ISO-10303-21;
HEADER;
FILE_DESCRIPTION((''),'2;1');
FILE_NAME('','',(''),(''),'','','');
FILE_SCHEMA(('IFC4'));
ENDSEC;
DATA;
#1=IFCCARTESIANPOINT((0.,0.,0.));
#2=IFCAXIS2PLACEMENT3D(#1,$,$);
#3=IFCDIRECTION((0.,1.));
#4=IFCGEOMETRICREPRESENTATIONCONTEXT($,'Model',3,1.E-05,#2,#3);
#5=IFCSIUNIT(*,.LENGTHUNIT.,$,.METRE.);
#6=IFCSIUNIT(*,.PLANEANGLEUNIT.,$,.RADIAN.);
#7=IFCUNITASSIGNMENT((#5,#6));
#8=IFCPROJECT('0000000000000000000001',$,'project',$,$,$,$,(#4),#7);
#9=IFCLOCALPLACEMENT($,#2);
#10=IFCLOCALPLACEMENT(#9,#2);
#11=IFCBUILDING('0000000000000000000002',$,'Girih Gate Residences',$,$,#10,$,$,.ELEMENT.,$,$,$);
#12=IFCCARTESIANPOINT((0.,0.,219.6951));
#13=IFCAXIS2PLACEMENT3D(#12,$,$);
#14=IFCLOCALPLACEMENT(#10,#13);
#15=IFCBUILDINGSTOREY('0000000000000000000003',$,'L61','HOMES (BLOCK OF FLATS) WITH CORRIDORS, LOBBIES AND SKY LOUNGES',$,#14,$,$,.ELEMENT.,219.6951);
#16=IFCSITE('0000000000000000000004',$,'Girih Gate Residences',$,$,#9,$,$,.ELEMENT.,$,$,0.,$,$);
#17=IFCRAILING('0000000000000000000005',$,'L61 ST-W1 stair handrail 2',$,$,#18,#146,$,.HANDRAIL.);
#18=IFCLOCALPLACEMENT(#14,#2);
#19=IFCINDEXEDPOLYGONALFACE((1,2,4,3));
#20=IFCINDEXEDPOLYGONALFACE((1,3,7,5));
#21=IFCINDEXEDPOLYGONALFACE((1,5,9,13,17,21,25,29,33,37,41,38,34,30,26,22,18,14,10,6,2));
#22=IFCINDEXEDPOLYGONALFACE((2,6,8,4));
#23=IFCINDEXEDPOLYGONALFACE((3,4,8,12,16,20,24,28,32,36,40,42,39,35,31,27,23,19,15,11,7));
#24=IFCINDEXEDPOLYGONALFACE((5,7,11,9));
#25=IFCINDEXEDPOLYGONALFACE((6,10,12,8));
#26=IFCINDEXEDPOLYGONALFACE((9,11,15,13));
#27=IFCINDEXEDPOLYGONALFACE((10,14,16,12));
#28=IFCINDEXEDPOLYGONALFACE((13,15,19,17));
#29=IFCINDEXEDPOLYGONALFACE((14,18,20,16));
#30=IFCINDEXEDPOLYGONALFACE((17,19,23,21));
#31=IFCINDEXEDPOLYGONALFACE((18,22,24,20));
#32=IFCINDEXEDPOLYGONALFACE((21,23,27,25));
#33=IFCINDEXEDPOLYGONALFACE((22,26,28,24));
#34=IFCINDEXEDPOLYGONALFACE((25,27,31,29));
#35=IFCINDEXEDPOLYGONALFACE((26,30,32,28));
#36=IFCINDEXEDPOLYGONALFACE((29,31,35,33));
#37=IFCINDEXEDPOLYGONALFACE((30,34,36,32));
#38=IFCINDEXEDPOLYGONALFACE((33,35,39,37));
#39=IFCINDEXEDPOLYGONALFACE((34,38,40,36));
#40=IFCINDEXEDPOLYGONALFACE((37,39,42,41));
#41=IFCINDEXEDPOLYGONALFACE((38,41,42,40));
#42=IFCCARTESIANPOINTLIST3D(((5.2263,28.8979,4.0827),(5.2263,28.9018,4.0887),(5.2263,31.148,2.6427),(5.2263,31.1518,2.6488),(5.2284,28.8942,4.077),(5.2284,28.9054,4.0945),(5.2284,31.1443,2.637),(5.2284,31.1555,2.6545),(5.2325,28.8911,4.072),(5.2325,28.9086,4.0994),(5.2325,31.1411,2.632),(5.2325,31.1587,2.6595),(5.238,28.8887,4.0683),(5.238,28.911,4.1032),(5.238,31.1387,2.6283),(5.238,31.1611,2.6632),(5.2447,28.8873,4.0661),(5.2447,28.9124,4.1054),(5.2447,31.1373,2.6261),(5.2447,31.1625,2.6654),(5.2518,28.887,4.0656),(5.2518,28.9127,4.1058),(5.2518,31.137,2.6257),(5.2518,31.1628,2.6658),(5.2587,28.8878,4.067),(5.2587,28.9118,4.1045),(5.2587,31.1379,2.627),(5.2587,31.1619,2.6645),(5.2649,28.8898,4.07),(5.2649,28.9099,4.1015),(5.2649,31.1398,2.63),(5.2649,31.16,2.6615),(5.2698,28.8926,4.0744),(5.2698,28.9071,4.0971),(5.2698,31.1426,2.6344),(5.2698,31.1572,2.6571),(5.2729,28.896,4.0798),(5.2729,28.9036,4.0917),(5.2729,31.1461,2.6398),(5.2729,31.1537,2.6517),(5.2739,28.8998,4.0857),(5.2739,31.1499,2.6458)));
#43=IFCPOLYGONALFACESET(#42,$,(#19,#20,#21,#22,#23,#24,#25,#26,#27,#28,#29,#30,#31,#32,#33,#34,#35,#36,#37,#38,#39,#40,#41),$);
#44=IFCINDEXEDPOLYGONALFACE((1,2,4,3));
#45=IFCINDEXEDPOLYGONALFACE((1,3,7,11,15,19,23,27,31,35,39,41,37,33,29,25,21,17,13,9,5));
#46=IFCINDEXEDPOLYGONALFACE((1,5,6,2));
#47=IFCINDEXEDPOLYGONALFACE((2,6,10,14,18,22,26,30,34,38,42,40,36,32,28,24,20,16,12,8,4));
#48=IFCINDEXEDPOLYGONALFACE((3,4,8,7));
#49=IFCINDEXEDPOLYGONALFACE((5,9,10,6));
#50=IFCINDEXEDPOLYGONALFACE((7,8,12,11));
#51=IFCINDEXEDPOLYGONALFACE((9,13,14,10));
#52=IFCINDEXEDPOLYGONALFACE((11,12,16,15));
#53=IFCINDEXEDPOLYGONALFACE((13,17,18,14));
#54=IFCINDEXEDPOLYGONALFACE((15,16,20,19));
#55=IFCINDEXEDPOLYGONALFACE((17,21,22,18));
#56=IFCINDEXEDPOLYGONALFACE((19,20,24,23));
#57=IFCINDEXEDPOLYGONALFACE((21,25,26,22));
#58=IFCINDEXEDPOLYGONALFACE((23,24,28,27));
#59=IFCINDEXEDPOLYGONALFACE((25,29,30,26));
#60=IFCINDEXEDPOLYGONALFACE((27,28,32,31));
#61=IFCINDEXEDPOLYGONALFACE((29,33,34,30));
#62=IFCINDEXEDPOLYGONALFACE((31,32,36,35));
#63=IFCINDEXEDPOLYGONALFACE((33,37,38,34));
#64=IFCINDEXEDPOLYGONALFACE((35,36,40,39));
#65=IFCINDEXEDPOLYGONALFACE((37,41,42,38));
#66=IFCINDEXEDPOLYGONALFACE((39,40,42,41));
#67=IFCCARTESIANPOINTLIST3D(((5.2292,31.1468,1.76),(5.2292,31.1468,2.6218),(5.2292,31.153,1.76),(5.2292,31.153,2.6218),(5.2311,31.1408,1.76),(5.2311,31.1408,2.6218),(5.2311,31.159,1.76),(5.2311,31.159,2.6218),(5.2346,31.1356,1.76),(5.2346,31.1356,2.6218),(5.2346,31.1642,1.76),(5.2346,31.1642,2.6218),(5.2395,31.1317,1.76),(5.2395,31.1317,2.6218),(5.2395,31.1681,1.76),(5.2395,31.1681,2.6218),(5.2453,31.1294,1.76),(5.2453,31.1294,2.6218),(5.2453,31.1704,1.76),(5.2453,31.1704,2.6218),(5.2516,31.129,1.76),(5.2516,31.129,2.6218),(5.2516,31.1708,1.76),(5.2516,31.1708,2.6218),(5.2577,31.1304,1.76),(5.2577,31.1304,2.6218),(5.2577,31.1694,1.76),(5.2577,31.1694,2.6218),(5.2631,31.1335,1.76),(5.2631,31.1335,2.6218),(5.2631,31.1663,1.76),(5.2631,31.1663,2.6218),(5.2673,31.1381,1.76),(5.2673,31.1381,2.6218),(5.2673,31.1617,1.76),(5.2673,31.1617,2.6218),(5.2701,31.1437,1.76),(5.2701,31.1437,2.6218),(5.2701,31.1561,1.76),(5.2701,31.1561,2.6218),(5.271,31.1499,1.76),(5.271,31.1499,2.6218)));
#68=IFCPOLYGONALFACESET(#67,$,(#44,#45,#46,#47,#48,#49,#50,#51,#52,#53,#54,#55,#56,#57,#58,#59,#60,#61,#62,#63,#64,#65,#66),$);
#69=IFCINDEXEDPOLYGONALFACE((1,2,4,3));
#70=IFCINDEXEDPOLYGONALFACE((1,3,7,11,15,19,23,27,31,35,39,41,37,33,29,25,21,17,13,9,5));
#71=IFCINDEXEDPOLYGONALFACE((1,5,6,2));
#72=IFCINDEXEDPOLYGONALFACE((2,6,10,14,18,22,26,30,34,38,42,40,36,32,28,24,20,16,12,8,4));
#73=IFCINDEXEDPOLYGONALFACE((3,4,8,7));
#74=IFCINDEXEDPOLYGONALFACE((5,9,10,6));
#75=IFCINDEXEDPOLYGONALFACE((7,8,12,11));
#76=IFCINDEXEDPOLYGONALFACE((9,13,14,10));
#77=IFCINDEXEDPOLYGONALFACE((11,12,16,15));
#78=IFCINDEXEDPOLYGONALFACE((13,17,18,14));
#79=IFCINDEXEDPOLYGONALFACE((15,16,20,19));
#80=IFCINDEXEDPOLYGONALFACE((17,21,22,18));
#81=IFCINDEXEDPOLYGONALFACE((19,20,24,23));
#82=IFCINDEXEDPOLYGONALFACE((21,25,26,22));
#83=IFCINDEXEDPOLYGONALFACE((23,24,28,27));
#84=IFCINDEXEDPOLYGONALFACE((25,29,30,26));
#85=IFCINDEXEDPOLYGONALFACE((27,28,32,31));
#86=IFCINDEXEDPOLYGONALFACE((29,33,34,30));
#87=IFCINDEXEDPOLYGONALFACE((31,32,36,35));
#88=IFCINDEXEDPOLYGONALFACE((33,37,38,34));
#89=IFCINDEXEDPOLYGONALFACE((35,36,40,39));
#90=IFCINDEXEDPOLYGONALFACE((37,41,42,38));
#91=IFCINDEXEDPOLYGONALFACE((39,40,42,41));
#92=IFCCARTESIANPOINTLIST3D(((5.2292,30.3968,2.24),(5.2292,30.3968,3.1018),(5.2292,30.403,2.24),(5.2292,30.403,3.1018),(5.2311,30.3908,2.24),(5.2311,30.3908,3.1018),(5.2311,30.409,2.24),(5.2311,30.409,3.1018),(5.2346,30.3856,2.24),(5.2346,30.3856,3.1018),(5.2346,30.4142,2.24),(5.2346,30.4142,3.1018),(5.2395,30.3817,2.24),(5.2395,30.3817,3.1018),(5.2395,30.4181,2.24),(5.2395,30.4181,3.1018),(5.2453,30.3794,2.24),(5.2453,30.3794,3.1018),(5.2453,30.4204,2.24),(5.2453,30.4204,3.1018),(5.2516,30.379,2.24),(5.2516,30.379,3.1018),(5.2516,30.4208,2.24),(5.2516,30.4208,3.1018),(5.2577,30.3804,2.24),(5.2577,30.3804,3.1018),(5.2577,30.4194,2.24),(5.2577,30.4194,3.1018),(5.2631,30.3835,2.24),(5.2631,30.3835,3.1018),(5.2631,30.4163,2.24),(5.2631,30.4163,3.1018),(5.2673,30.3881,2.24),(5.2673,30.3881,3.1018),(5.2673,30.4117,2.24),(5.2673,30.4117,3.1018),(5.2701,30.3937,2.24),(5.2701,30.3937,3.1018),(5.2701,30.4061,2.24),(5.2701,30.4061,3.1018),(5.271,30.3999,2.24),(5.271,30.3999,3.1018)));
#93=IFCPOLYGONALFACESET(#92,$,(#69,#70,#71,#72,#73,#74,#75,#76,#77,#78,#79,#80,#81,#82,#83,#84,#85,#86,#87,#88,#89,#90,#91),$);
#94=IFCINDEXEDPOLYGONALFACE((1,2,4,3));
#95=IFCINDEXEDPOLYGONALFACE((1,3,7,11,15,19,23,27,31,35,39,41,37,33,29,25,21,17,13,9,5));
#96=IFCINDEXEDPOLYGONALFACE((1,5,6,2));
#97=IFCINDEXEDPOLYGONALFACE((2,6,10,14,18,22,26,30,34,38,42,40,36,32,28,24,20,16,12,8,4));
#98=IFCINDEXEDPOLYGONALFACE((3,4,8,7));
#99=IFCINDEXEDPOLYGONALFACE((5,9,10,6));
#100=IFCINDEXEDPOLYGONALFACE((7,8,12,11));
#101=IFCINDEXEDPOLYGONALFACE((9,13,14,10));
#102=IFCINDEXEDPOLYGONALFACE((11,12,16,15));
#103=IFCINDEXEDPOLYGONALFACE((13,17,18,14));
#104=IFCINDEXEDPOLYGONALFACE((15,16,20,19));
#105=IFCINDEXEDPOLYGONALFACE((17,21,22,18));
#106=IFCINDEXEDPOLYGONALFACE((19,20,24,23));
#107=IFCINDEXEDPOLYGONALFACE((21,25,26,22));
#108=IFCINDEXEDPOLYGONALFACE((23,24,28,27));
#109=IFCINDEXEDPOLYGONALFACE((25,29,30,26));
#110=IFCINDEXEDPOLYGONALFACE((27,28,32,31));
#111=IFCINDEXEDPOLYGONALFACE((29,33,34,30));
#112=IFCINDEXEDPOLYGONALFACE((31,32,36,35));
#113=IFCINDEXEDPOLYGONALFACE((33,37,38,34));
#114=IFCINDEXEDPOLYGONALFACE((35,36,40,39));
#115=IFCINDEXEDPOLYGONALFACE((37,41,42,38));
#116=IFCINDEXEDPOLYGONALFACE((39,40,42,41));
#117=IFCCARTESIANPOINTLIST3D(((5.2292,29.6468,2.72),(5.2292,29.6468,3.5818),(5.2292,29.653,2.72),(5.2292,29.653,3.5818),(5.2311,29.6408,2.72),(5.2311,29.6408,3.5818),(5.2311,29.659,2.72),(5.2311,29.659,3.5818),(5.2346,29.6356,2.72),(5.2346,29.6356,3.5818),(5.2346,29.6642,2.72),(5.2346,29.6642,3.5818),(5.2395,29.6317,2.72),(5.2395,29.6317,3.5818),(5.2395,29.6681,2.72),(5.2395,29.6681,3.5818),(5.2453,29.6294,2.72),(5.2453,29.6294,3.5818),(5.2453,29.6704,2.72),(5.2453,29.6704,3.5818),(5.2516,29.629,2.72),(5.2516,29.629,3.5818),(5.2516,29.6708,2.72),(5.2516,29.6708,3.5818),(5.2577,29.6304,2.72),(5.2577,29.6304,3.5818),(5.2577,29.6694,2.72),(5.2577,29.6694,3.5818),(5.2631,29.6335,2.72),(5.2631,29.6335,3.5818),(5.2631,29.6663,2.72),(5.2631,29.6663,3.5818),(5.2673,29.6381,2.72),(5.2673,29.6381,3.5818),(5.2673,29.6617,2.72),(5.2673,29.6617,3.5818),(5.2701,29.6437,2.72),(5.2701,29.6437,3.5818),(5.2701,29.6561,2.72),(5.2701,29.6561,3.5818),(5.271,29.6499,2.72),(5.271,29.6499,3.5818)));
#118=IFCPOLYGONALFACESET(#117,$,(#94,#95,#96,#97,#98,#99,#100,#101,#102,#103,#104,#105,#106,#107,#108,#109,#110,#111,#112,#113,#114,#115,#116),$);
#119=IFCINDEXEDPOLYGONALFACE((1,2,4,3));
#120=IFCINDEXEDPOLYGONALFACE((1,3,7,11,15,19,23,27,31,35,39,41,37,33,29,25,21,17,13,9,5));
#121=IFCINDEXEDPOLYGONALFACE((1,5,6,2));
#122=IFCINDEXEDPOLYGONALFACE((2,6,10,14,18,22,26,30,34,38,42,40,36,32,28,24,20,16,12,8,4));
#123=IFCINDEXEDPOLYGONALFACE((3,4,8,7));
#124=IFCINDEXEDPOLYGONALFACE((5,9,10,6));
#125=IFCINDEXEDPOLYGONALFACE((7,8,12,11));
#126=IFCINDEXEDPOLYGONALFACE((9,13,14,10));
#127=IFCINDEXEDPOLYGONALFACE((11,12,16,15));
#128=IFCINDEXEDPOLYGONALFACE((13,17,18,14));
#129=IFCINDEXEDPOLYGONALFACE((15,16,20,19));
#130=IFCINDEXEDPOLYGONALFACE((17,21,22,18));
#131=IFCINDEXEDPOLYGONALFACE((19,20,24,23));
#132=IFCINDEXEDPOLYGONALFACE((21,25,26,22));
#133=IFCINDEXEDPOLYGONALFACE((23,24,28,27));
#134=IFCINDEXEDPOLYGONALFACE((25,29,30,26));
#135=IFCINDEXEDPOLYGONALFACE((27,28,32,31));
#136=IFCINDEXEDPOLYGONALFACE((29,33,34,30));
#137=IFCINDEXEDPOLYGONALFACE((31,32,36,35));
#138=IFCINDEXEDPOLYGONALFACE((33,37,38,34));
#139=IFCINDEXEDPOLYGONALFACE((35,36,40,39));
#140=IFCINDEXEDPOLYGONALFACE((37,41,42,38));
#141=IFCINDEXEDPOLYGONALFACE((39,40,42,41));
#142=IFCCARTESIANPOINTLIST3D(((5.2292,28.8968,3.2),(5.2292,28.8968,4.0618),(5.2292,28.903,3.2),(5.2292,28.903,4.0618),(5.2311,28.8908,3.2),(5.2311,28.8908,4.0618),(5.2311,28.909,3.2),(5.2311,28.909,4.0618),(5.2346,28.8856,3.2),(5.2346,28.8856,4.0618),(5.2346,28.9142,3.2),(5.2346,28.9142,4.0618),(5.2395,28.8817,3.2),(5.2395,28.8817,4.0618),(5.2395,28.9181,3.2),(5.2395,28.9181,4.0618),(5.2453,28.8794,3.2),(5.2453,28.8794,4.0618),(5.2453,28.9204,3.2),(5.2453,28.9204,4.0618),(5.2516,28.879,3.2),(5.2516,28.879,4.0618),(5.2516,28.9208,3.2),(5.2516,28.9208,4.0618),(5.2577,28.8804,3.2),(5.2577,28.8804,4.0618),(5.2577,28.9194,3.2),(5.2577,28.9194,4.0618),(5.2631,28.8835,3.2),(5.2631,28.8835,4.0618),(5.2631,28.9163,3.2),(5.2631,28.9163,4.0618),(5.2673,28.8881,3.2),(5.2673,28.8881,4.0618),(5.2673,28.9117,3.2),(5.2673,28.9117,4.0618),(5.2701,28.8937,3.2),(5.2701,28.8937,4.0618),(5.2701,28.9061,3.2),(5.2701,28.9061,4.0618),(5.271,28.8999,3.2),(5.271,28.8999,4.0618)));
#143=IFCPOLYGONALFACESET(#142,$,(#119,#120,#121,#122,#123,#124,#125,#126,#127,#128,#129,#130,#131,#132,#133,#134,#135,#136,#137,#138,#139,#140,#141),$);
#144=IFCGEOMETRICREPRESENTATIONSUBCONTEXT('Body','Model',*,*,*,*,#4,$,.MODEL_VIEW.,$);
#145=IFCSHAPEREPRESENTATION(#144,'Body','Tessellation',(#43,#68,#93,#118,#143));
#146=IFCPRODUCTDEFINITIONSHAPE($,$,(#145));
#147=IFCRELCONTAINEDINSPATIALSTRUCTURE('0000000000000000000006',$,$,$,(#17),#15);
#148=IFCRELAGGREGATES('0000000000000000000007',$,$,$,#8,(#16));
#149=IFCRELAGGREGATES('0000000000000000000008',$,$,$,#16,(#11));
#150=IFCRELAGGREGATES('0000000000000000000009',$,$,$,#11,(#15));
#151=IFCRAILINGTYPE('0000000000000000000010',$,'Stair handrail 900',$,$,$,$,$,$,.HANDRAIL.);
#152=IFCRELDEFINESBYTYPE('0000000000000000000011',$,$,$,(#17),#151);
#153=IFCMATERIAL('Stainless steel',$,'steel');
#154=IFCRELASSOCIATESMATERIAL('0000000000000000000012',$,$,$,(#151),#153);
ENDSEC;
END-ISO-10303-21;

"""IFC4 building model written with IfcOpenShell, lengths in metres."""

from ifc_helpers import new_model, si_unit, direction, frame, origin, origin_2d, place, context, subcontext, project, spatial, circle, extrude, material, type_object, element, save


model = new_model("IFC4")

# Units and contexts
model_context = context("Model", 3, precision=1e-05, world=origin(), true_north=direction((0.0, 1.0)))
body_context = subcontext(model_context, "Body", "Model", "MODEL_VIEW")
ifc_project = project(units=[si_unit("LENGTHUNIT", "METRE"), si_unit("PLANEANGLEUNIT", "RADIAN")], contexts=[model_context])

# Site, building, storey
site_placement = place(None, origin())
site = spatial("IfcSite", under=ifc_project, at=site_placement, Name="Girih Gate Residences", CompositionType="ELEMENT", RefElevation=0.0)
building_placement = place(site_placement, origin())
building = spatial("IfcBuilding", under=site, at=building_placement, Name="Girih Gate Residences", CompositionType="ELEMENT")
storey_placement = place(building_placement, frame((0.0, 0.0, 219.6951)))
storey = spatial("IfcBuildingStorey", under=building, at=storey_placement, Name="L61", Description="HOMES (BLOCK OF FLATS) WITH CORRIDORS, LOBBIES AND SKY LOUNGES", CompositionType="ELEMENT", Elevation=219.6951)

# Railing
ifc_material_1 = material(Name="Stainless steel", Category="steel")
railing_type_1 = type_object("IfcRailingType", Name="Stair handrail 900", PredefinedType="HANDRAIL", material=ifc_material_1)
railing_1_placement = place(storey_placement, frame((5.25, 31.1499, 1.76)))
element("IfcRailing", 1, at=railing_1_placement, inside=storey, type_object=railing_type_1, Name="L61 ST-W1 stair handrail 2", PredefinedType="HANDRAIL", context=body_context, shape_type="SweptSolid", body=[
    extrude(circle(Radius=0.0239, at=origin_2d()), frame((0.0, 0.0, 0.8857), z_axis=(0.0, -0.842281, 0.539038), x_axis=(1.0, 0.0, 0.0)), (0.0, 0.0, 1.0), 2.6714),
    extrude(circle(Radius=0.021, at=origin_2d()), origin(), (0.0, 0.0, 1.0), 0.8618),
    extrude(circle(Radius=0.021, at=origin_2d()), frame((0.0, -0.75, 0.48)), (0.0, 0.0, 1.0), 0.8618),
    extrude(circle(Radius=0.021, at=origin_2d()), frame((0.0, -1.5, 0.96)), (0.0, 0.0, 1.0), 0.8618),
    extrude(circle(Radius=0.021, at=origin_2d()), frame((0.0, -2.25, 1.4399)), (0.0, 0.0, 1.0), 0.8618),
])

save(model, "model.ifc")
